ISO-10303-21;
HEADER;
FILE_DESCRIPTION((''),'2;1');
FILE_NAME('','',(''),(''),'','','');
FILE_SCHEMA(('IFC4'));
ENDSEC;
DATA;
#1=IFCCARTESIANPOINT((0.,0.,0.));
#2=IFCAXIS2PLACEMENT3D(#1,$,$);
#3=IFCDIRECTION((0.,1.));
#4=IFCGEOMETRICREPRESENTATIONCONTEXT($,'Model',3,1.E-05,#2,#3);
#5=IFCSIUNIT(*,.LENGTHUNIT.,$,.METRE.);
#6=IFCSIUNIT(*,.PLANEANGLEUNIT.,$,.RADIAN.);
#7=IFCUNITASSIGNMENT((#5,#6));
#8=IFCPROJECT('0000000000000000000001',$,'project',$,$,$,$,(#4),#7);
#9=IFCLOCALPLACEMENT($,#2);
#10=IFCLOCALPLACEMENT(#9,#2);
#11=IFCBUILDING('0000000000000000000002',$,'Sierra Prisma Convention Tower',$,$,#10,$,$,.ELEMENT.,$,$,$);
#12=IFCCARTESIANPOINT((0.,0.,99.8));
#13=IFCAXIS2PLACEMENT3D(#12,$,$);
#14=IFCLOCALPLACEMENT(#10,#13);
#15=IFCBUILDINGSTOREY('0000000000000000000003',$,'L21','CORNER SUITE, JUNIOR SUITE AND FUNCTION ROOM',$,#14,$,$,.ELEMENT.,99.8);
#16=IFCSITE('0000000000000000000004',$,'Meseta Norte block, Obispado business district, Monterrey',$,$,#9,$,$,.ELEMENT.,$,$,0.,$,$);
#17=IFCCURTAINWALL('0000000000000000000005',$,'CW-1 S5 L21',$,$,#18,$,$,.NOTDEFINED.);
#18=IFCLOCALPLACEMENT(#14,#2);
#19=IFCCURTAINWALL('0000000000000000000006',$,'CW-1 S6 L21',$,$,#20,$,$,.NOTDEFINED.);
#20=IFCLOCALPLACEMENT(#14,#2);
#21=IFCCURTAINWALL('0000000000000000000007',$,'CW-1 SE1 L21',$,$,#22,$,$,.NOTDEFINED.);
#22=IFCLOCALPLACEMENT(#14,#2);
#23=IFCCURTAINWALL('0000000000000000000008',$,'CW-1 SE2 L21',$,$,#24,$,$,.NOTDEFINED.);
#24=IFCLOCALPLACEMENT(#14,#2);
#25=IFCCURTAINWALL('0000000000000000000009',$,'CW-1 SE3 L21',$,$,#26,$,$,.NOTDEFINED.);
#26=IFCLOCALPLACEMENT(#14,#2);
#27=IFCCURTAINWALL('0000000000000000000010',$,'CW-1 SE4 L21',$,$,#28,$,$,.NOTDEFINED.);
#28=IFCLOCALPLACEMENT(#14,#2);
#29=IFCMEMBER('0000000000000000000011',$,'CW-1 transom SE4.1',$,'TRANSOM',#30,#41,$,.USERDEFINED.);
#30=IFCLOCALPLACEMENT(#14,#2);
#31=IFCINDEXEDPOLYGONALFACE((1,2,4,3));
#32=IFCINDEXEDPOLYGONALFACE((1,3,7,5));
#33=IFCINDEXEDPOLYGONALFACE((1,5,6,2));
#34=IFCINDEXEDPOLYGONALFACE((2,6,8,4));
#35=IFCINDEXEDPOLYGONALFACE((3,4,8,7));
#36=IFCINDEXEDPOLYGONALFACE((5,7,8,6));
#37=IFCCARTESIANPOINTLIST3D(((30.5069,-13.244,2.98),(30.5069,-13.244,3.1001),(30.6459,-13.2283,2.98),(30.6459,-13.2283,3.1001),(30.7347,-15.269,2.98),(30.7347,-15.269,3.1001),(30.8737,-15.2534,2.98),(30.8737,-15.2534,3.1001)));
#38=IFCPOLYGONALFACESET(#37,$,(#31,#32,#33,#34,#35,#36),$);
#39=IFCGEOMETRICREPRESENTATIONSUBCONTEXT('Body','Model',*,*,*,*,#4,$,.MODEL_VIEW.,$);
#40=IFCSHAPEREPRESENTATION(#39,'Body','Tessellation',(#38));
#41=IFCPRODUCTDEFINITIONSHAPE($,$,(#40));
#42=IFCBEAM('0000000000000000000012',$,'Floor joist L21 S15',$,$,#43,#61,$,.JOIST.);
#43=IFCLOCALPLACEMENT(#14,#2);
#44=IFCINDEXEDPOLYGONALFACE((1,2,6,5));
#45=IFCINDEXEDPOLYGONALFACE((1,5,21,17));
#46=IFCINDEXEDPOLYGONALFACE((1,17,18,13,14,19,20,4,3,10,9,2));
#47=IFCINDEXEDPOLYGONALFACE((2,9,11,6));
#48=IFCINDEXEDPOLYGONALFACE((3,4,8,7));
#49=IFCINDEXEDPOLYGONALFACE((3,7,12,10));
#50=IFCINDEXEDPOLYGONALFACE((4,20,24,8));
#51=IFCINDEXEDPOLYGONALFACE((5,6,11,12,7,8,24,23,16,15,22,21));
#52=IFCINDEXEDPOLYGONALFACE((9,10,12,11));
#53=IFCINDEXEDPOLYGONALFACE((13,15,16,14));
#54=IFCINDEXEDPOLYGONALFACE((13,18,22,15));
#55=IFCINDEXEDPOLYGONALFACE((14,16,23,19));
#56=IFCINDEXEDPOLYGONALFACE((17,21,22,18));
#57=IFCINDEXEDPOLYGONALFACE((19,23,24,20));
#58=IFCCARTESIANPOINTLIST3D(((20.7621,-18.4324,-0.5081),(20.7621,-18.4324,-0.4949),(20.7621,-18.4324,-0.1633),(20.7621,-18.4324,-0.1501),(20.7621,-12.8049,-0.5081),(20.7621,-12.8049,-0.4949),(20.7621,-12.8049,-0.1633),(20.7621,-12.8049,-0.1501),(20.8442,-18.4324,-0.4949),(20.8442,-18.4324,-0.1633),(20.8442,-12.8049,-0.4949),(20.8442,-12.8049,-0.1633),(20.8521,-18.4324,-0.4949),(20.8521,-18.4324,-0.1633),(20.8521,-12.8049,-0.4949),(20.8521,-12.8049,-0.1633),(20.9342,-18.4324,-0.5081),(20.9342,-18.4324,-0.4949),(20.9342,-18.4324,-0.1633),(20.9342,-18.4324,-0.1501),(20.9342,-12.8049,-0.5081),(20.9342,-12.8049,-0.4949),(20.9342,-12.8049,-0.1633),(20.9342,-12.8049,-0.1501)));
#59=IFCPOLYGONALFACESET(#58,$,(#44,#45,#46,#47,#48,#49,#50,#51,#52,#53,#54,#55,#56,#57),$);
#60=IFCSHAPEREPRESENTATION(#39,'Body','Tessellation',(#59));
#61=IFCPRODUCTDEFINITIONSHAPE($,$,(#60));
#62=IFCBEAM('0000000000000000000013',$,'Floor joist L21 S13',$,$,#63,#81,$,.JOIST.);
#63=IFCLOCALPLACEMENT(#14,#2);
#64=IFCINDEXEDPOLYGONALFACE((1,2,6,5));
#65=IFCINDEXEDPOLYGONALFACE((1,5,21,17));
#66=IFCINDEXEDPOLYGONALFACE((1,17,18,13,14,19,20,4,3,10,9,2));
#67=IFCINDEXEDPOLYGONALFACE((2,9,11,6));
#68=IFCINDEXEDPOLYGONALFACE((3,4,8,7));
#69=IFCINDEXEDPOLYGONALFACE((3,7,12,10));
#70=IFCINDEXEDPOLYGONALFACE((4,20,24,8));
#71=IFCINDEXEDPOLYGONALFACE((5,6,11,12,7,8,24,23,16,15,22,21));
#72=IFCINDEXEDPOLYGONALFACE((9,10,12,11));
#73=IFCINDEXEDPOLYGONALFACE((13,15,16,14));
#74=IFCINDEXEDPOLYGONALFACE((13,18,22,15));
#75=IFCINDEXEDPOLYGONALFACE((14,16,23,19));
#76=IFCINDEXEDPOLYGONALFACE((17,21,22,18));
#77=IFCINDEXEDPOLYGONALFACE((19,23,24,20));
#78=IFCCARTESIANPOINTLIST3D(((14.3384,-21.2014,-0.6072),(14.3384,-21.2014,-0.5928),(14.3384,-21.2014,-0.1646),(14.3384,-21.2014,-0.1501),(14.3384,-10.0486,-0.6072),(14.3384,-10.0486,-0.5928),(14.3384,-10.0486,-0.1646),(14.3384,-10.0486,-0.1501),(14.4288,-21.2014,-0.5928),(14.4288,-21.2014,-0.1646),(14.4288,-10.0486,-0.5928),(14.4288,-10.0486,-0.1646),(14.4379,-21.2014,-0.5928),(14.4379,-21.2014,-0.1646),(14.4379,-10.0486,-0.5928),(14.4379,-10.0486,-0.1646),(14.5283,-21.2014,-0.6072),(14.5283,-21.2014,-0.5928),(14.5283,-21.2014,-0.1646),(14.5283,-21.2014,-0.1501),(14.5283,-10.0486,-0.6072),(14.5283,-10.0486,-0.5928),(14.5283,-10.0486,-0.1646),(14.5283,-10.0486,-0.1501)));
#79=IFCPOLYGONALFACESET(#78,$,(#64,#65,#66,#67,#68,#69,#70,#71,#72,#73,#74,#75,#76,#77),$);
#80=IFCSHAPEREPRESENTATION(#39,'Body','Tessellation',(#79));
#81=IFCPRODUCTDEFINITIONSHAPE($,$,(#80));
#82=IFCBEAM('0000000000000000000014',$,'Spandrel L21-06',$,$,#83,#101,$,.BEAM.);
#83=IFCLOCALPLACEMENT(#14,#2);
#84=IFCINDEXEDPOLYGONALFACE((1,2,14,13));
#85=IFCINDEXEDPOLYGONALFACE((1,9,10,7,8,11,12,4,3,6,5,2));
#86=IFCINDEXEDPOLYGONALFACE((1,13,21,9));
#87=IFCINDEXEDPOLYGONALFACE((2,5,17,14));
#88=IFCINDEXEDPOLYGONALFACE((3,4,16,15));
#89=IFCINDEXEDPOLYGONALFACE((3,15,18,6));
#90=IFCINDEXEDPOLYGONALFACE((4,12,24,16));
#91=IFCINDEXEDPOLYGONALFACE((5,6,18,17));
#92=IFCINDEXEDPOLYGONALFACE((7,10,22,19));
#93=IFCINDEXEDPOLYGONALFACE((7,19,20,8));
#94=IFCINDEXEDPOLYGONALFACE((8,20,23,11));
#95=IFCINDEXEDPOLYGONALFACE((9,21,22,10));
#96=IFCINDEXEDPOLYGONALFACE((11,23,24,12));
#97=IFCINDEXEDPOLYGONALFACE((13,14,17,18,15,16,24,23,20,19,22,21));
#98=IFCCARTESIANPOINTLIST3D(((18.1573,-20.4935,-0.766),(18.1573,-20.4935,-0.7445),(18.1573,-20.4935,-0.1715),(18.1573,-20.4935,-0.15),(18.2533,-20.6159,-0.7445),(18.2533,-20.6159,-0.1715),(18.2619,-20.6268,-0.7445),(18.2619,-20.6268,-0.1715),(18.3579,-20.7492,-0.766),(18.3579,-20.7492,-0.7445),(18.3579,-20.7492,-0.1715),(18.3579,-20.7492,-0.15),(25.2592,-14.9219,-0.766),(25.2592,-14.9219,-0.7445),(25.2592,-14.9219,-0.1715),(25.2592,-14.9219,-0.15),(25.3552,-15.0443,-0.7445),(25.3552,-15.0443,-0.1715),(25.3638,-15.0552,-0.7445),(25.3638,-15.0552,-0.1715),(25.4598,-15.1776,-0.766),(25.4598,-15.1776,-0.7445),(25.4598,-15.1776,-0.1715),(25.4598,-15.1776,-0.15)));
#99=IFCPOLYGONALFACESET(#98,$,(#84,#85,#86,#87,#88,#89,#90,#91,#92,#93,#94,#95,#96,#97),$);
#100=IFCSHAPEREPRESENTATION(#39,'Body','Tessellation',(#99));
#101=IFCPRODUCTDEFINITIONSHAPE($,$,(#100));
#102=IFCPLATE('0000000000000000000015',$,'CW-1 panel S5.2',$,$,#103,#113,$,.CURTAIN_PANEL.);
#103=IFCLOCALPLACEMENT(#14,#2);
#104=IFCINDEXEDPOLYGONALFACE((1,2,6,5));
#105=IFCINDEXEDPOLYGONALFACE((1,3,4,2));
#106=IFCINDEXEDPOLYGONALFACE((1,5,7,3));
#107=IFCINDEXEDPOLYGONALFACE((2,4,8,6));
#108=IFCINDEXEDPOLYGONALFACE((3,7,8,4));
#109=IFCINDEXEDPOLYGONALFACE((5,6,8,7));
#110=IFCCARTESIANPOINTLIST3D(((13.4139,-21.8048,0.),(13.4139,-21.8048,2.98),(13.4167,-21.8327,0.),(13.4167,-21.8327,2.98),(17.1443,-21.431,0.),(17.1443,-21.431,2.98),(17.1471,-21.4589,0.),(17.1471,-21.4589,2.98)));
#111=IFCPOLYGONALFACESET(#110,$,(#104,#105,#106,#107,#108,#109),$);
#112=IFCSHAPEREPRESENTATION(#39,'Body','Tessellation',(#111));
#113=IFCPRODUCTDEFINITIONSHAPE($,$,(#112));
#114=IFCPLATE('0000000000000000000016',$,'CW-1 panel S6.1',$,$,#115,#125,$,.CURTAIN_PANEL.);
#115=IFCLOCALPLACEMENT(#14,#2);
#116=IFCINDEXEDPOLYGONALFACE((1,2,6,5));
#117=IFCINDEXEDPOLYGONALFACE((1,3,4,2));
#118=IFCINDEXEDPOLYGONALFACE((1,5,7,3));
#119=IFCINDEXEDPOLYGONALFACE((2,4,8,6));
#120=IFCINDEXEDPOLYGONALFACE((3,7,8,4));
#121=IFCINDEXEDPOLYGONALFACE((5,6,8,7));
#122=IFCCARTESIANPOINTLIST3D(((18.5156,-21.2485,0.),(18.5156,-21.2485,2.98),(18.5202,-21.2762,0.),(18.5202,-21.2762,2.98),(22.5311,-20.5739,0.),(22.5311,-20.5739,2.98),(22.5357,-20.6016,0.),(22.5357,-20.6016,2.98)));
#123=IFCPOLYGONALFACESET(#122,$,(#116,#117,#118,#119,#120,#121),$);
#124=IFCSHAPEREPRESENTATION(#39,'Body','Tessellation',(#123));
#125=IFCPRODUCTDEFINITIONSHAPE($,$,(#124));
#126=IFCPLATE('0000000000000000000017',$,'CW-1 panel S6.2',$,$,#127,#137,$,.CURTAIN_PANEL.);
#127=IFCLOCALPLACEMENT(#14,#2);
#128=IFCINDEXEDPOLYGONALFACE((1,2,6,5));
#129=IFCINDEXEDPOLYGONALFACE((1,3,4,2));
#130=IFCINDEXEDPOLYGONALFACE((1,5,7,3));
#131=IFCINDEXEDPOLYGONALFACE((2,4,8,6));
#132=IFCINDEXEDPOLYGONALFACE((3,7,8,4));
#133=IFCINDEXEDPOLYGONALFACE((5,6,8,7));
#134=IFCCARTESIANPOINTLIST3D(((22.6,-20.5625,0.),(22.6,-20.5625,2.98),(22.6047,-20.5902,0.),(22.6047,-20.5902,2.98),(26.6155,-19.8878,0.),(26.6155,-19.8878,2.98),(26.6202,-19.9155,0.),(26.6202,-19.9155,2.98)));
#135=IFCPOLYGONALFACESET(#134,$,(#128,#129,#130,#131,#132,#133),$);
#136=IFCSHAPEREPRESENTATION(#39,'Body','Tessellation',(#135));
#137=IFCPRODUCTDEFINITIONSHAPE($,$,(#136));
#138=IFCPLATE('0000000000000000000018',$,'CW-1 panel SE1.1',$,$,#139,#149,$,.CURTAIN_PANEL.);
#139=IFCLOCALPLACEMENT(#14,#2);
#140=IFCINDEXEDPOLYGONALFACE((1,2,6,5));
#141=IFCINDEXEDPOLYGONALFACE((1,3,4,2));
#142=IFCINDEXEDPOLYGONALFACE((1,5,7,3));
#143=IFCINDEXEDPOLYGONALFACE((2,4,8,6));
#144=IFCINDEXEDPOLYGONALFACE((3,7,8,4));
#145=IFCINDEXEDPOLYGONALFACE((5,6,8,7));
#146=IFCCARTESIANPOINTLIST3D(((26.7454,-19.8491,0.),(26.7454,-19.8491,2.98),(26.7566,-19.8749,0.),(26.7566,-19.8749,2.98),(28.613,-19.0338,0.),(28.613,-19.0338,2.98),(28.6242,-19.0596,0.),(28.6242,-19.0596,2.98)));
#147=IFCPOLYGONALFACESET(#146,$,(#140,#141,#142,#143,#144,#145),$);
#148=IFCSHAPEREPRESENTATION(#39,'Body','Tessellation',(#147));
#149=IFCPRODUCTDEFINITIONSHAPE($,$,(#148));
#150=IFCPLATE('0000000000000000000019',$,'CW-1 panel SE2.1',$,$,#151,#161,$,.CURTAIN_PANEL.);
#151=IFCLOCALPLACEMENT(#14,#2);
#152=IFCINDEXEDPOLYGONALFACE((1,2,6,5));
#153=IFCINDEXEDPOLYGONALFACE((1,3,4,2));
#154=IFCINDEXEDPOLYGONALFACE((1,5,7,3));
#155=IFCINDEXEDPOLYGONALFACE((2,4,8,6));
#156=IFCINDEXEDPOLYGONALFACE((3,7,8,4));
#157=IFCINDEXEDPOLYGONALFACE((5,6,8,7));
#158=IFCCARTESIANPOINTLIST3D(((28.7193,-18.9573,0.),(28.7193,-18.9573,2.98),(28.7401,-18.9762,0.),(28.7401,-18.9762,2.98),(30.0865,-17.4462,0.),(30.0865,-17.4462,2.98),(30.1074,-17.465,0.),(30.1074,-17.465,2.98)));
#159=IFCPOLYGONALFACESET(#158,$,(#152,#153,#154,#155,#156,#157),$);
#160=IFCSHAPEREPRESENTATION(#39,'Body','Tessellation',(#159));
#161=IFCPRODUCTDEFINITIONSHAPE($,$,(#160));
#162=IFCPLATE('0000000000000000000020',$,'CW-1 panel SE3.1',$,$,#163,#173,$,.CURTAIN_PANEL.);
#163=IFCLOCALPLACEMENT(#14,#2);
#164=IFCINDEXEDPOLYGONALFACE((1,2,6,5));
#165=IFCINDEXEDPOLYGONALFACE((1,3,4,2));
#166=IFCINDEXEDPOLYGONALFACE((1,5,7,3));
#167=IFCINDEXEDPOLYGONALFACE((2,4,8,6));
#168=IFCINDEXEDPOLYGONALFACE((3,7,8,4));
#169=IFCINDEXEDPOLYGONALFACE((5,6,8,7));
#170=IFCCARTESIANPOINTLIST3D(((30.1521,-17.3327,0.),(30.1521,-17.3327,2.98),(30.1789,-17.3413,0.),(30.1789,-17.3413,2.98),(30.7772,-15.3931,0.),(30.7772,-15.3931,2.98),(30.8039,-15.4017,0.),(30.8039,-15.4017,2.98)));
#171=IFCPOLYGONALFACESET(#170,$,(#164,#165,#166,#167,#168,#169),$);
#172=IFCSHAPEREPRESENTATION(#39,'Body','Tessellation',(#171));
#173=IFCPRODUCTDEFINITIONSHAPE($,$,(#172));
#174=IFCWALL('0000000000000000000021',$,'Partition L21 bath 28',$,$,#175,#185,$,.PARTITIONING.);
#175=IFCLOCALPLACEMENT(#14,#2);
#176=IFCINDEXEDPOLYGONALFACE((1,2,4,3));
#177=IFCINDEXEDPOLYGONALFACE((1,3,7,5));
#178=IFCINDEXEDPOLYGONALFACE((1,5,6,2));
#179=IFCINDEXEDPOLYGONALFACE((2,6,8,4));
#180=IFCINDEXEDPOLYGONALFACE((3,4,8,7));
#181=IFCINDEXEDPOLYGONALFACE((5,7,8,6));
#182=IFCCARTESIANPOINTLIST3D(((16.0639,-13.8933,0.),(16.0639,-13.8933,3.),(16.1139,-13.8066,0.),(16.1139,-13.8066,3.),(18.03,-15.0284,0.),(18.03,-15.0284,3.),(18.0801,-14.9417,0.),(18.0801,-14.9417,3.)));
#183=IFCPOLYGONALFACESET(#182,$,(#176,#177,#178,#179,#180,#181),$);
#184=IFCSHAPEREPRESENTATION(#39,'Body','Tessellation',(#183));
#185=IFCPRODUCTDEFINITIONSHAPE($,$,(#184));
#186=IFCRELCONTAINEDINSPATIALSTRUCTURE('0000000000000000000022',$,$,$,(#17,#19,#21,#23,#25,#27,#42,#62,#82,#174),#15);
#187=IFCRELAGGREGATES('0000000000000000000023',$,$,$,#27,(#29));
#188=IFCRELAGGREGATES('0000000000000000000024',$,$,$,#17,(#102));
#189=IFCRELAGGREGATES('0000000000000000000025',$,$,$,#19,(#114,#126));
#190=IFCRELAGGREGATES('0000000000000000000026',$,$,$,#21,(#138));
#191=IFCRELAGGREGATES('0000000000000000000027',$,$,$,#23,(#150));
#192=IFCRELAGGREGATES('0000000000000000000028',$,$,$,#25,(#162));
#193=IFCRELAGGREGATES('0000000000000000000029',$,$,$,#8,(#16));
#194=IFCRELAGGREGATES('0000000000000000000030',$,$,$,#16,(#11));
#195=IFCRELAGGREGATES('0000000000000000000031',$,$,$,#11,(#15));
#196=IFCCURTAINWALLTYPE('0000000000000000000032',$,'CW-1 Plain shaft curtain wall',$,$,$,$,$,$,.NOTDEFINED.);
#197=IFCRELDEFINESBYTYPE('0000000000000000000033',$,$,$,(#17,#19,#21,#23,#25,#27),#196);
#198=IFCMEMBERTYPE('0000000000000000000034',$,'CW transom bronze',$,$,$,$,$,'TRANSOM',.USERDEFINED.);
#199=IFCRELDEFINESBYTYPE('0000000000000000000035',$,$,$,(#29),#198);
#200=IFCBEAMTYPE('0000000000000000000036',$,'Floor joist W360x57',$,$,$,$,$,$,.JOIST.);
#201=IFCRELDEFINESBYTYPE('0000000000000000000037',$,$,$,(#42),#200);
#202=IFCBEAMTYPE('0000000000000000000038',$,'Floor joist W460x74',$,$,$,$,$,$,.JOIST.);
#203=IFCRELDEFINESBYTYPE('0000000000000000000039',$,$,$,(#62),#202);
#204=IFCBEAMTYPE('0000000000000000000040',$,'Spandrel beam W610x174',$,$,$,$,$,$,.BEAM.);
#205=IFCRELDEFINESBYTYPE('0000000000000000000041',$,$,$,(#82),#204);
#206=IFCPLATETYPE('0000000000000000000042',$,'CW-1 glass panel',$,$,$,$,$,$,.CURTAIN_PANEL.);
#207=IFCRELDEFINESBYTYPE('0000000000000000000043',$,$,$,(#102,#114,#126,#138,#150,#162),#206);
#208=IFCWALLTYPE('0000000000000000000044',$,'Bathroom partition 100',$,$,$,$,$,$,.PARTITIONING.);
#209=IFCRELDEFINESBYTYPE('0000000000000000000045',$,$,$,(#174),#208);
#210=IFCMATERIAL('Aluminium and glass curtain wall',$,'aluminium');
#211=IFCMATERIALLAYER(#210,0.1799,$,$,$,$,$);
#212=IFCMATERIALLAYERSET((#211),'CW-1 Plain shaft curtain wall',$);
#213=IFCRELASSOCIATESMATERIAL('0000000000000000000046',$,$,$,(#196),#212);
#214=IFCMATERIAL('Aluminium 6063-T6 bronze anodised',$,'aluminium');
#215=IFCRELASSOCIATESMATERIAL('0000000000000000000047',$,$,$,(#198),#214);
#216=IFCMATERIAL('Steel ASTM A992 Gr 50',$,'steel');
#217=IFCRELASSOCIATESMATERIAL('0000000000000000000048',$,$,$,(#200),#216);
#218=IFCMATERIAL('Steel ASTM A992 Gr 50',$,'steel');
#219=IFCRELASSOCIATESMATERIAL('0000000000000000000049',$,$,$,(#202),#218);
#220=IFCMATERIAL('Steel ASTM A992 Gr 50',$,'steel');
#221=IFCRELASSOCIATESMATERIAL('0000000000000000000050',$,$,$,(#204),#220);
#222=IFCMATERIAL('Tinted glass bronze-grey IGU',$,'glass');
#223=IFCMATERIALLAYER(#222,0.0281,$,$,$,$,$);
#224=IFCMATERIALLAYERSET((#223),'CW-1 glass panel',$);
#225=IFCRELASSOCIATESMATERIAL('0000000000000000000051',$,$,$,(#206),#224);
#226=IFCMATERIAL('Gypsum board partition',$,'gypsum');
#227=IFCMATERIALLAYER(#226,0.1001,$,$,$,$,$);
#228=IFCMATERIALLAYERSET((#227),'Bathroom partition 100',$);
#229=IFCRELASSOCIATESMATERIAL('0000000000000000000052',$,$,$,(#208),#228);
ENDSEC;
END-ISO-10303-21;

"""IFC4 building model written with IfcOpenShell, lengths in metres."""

from ifc_helpers import new_model, si_unit, direction, frame, frame_2d, origin, origin_2d, place, context, subcontext, project, spatial, rectangle, i_section, extrude, material, layer, layer_set, material_profile, profile_set, type_object, element, aggregate, save


model = new_model("IFC4")

# Units and contexts
model_context = context("Model", 3, precision=1e-05, world=origin(), true_north=direction((0.0, 1.0)))
body_context = subcontext(model_context, "Body", "Model", "MODEL_VIEW")
ifc_project = project(units=[si_unit("LENGTHUNIT", "METRE"), si_unit("PLANEANGLEUNIT", "RADIAN")], contexts=[model_context])

# Site, building, storey
site_placement = place(None, origin())
site = spatial("IfcSite", under=ifc_project, at=site_placement, Name="Meseta Norte block, Obispado business district, Monterrey", CompositionType="ELEMENT", RefElevation=0.0)
building_placement = place(site_placement, origin())
building = spatial("IfcBuilding", under=site, at=building_placement, Name="Sierra Prisma Convention Tower", CompositionType="ELEMENT")
storey_placement = place(building_placement, frame((0.0, 0.0, 99.8)))
storey = spatial("IfcBuildingStorey", under=building, at=storey_placement, Name="L21", Description="CORNER SUITE, JUNIOR SUITE AND FUNCTION ROOM", CompositionType="ELEMENT", Elevation=99.8)

# Curtain wall
ifc_material_1 = material(Name="Aluminium and glass curtain wall", Category="aluminium")
ifc_layer_1 = layer(ifc_material_1, 0.1799)
ifc_layer_set_1 = layer_set([ifc_layer_1], Name="CW-1 Plain shaft curtain wall")
curtain_wall_type = type_object("IfcCurtainWallType", Name="CW-1 Plain shaft curtain wall", PredefinedType="NOTDEFINED", material=ifc_layer_set_1)
curtain_wall_1_placement = place(storey_placement, origin())
curtain_wall_1 = element("IfcCurtainWall", 1, at=curtain_wall_1_placement, inside=storey, type_object=curtain_wall_type, Name="CW-1 S5 L21", PredefinedType="NOTDEFINED")

# Curtain walls
curtain_wall_2_placement = place(storey_placement, origin())
curtain_wall_2 = element("IfcCurtainWall", 2, at=curtain_wall_2_placement, inside=storey, type_object=curtain_wall_type, Name="CW-1 S6 L21", PredefinedType="NOTDEFINED")
curtain_wall_3_placement = place(storey_placement, origin())
curtain_wall_3 = element("IfcCurtainWall", 3, at=curtain_wall_3_placement, inside=storey, type_object=curtain_wall_type, Name="CW-1 SE1 L21", PredefinedType="NOTDEFINED")
curtain_wall_4_placement = place(storey_placement, origin())
curtain_wall_4 = element("IfcCurtainWall", 4, at=curtain_wall_4_placement, inside=storey, type_object=curtain_wall_type, Name="CW-1 SE2 L21", PredefinedType="NOTDEFINED")
curtain_wall_5_placement = place(storey_placement, origin())
curtain_wall_5 = element("IfcCurtainWall", 5, at=curtain_wall_5_placement, inside=storey, type_object=curtain_wall_type, Name="CW-1 SE3 L21", PredefinedType="NOTDEFINED")
curtain_wall_6_placement = place(storey_placement, origin())
curtain_wall_6 = element("IfcCurtainWall", 6, at=curtain_wall_6_placement, inside=storey, type_object=curtain_wall_type, Name="CW-1 SE4 L21", PredefinedType="NOTDEFINED")

# Member
ifc_material_2 = material(Name="Aluminium 6063-T6 bronze anodised", Category="aluminium")
ifc_material_profile_1 = material_profile(ifc_material_2, rectangle(XDim=0.1399, YDim=0.1201, at=origin_2d()), Name="ALU TRANSOM 120x140")
ifc_profile_set_1 = profile_set([ifc_material_profile_1], Name="Aluminium 6063-T6 bronze anodised")
member_type_1 = type_object("IfcMemberType", Name="CW transom bronze", ElementType="TRANSOM", PredefinedType="USERDEFINED", material=ifc_profile_set_1)
member_1_placement = place(storey_placement, frame((30.8042, -15.2612, 3.04), z_axis=(-0.111773, 0.993734, 0.0), x_axis=(-0.993734, -0.111773, 0.0)))
member_1 = element("IfcMember", 7, at=member_1_placement, type_object=member_type_1, Name="CW-1 transom SE4.1", ObjectType="TRANSOM", PredefinedType="USERDEFINED", context=body_context, shape_type="SweptSolid", body=[
    extrude(rectangle(XDim=0.1399, YDim=0.1201, at=origin_2d()), origin(), (0.0, 0.0, 1.0), 2.0378),
])
aggregate(curtain_wall_6, [member_1])

# Beams
ifc_material_3 = material(Name="Steel ASTM A992 Gr 50", Category="steel")
ifc_material_profile_2 = material_profile(ifc_material_3, i_section(OverallWidth=0.1721, OverallDepth=0.3579, WebThickness=0.0078, FlangeThickness=0.0132, at=origin_2d()), Name="W360x57")
ifc_profile_set_2 = profile_set([ifc_material_profile_2], Name="Steel ASTM A992 Gr 50")
beam_type_1 = type_object("IfcBeamType", Name="Floor joist W360x57", PredefinedType="JOIST", material=ifc_profile_set_2)
beam_1_placement = place(storey_placement, frame((20.8481, -18.4324, -0.3291), z_axis=(0.0, 1.0, 0.0), x_axis=(-1.0, 0.0, 0.0)))
element("IfcBeam", 8, at=beam_1_placement, inside=storey, type_object=beam_type_1, Name="Floor joist L21 S15", PredefinedType="JOIST", context=body_context, shape_type="SweptSolid", body=[
    extrude(i_section(OverallWidth=0.1721, OverallDepth=0.3579, WebThickness=0.0078, FlangeThickness=0.0132, at=origin_2d()), origin(), (0.0, 0.0, 1.0), 5.6274),
])
ifc_material_4 = material(Name="Steel ASTM A992 Gr 50", Category="steel")
ifc_material_profile_3 = material_profile(ifc_material_4, i_section(OverallWidth=0.1899, OverallDepth=0.457, WebThickness=0.009, FlangeThickness=0.0144, at=origin_2d()), Name="W460x74")
ifc_profile_set_3 = profile_set([ifc_material_profile_3], Name="Steel ASTM A992 Gr 50")
beam_type_2 = type_object("IfcBeamType", Name="Floor joist W460x74", PredefinedType="JOIST", material=ifc_profile_set_3)
beam_2_placement = place(storey_placement, frame((14.4333, -21.2014, -0.3787), z_axis=(0.0, 1.0, 0.0), x_axis=(-1.0, 0.0, 0.0)))
element("IfcBeam", 9, at=beam_2_placement, inside=storey, type_object=beam_type_2, Name="Floor joist L21 S13", PredefinedType="JOIST", context=body_context, shape_type="SweptSolid", body=[
    extrude(i_section(OverallWidth=0.1899, OverallDepth=0.457, WebThickness=0.009, FlangeThickness=0.0144, at=origin_2d()), origin(), (0.0, 0.0, 1.0), 11.1528),
])
ifc_material_5 = material(Name="Steel ASTM A992 Gr 50", Category="steel")
ifc_material_profile_4 = material_profile(ifc_material_5, i_section(OverallWidth=0.325, OverallDepth=0.616, WebThickness=0.0139, FlangeThickness=0.0215, at=origin_2d()), Name="W610x174")
ifc_profile_set_4 = profile_set([ifc_material_profile_4], Name="Steel ASTM A992 Gr 50")
beam_type_3 = type_object("IfcBeamType", Name="Spandrel beam W610x174", PredefinedType="BEAM", material=ifc_profile_set_4)
beam_3_placement = place(storey_placement, frame((18.2576, -20.6213, -0.458), z_axis=(0.786773, 0.617242, 0.0), x_axis=(-0.617242, 0.786773, 0.0)))
element("IfcBeam", 10, at=beam_3_placement, inside=storey, type_object=beam_type_3, Name="Spandrel L21-06", PredefinedType="BEAM", context=body_context, shape_type="SweptSolid", body=[
    extrude(i_section(OverallWidth=0.325, OverallDepth=0.616, WebThickness=0.0139, FlangeThickness=0.0215, at=origin_2d()), origin(), (0.0, 0.0, 1.0), 9.0266),
])

# Plates
ifc_material_6 = material(Name="Tinted glass bronze-grey IGU", Category="glass")
ifc_layer_2 = layer(ifc_material_6, 0.0281)
ifc_layer_set_2 = layer_set([ifc_layer_2], Name="CW-1 glass panel")
plate_type = type_object("IfcPlateType", Name="CW-1 glass panel", PredefinedType="CURTAIN_PANEL", material=ifc_layer_set_2)
plate_1_placement = place(storey_placement, frame((15.2805, -21.6318, 0.0), z_axis=(0.0, 0.0, 1.0), x_axis=(0.995016, 0.099711, 0.0)))
plate_1 = element("IfcPlate", 11, at=plate_1_placement, type_object=plate_type, Name="CW-1 panel S5.2", PredefinedType="CURTAIN_PANEL", context=body_context, shape_type="SweptSolid", body=[
    extrude(rectangle(XDim=3.749, YDim=0.0281, at=origin_2d()), origin(), (0.0, 0.0, 1.0), 2.98),
])
aggregate(curtain_wall_1, [plate_1])
plate_2_placement = place(storey_placement, frame((20.5256, -20.925, 0.0), z_axis=(0.0, 0.0, 1.0), x_axis=(0.986177, 0.165694, 0.0)))
plate_2 = element("IfcPlate", 12, at=plate_2_placement, type_object=plate_type, Name="CW-1 panel S6.1", PredefinedType="CURTAIN_PANEL", context=body_context, shape_type="SweptSolid", body=[
    extrude(rectangle(XDim=4.0718, YDim=0.0281, at=origin_2d()), origin(), (0.0, 0.0, 1.0), 2.98),
])
plate_3_placement = place(storey_placement, frame((24.6101, -20.239, 0.0), z_axis=(0.0, 0.0, 1.0), x_axis=(0.986177, 0.165694, 0.0)))
plate_3 = element("IfcPlate", 13, at=plate_3_placement, type_object=plate_type, Name="CW-1 panel S6.2", PredefinedType="CURTAIN_PANEL", context=body_context, shape_type="SweptSolid", body=[
    extrude(rectangle(XDim=4.0718, YDim=0.0281, at=origin_2d()), origin(), (0.0, 0.0, 1.0), 2.98),
])
aggregate(curtain_wall_2, [plate_2, plate_3])
plate_4_placement = place(storey_placement, frame((27.6848, -19.4543, 0.0), z_axis=(0.0, 0.0, 1.0), x_axis=(0.916476, 0.40009, 0.0)))
plate_4 = element("IfcPlate", 14, at=plate_4_placement, type_object=plate_type, Name="CW-1 panel SE1.1", PredefinedType="CURTAIN_PANEL", context=body_context, shape_type="SweptSolid", body=[
    extrude(rectangle(XDim=2.0378, YDim=0.0281, at=origin_2d()), origin(), (0.0, 0.0, 1.0), 2.98),
])
aggregate(curtain_wall_3, [plate_4])
plate_5_placement = place(storey_placement, frame((29.4133, -18.2112, 0.0), z_axis=(0.0, 0.0, 1.0), x_axis=(0.670928, 0.741522, 0.0)))
plate_5 = element("IfcPlate", 15, at=plate_5_placement, type_object=plate_type, Name="CW-1 panel SE2.1", PredefinedType="CURTAIN_PANEL", context=body_context, shape_type="SweptSolid", body=[
    extrude(rectangle(XDim=2.0378, YDim=0.0281, at=origin_2d()), origin(), (0.0, 0.0, 1.0), 2.98),
])
aggregate(curtain_wall_4, [plate_5])
plate_6_placement = place(storey_placement, frame((30.478, -16.3672, 0.0), z_axis=(0.0, 0.0, 1.0), x_axis=(0.306713, 0.951802, 0.0)))
plate_6 = element("IfcPlate", 16, at=plate_6_placement, type_object=plate_type, Name="CW-1 panel SE3.1", PredefinedType="CURTAIN_PANEL", context=body_context, shape_type="SweptSolid", body=[
    extrude(rectangle(XDim=2.0378, YDim=0.0281, at=origin_2d()), origin(), (0.0, 0.0, 1.0), 2.98),
])
aggregate(curtain_wall_5, [plate_6])

# Wall
ifc_material_7 = material(Name="Gypsum board partition", Category="gypsum")
ifc_layer_3 = layer(ifc_material_7, 0.1001)
ifc_layer_set_3 = layer_set([ifc_layer_3], Name="Bathroom partition 100")
wall_type = type_object("IfcWallType", Name="Bathroom partition 100", PredefinedType="PARTITIONING", material=ifc_layer_set_3)
wall_placement = place(storey_placement, frame((18.0552, -14.9851, 0.0), z_axis=(0.0, 0.0, 1.0), x_axis=(-0.866044, 0.499968, 0.0)))
element("IfcWall", 17, at=wall_placement, inside=storey, type_object=wall_type, Name="Partition L21 bath 28", PredefinedType="PARTITIONING", context=body_context, shape_type="SweptSolid", body=[
    extrude(rectangle(XDim=2.2703, YDim=0.1001, at=frame_2d((1.1353, 0.0))), origin(), (0.0, 0.0, 1.0), 3.0),
])

save(model, "model.ifc")
